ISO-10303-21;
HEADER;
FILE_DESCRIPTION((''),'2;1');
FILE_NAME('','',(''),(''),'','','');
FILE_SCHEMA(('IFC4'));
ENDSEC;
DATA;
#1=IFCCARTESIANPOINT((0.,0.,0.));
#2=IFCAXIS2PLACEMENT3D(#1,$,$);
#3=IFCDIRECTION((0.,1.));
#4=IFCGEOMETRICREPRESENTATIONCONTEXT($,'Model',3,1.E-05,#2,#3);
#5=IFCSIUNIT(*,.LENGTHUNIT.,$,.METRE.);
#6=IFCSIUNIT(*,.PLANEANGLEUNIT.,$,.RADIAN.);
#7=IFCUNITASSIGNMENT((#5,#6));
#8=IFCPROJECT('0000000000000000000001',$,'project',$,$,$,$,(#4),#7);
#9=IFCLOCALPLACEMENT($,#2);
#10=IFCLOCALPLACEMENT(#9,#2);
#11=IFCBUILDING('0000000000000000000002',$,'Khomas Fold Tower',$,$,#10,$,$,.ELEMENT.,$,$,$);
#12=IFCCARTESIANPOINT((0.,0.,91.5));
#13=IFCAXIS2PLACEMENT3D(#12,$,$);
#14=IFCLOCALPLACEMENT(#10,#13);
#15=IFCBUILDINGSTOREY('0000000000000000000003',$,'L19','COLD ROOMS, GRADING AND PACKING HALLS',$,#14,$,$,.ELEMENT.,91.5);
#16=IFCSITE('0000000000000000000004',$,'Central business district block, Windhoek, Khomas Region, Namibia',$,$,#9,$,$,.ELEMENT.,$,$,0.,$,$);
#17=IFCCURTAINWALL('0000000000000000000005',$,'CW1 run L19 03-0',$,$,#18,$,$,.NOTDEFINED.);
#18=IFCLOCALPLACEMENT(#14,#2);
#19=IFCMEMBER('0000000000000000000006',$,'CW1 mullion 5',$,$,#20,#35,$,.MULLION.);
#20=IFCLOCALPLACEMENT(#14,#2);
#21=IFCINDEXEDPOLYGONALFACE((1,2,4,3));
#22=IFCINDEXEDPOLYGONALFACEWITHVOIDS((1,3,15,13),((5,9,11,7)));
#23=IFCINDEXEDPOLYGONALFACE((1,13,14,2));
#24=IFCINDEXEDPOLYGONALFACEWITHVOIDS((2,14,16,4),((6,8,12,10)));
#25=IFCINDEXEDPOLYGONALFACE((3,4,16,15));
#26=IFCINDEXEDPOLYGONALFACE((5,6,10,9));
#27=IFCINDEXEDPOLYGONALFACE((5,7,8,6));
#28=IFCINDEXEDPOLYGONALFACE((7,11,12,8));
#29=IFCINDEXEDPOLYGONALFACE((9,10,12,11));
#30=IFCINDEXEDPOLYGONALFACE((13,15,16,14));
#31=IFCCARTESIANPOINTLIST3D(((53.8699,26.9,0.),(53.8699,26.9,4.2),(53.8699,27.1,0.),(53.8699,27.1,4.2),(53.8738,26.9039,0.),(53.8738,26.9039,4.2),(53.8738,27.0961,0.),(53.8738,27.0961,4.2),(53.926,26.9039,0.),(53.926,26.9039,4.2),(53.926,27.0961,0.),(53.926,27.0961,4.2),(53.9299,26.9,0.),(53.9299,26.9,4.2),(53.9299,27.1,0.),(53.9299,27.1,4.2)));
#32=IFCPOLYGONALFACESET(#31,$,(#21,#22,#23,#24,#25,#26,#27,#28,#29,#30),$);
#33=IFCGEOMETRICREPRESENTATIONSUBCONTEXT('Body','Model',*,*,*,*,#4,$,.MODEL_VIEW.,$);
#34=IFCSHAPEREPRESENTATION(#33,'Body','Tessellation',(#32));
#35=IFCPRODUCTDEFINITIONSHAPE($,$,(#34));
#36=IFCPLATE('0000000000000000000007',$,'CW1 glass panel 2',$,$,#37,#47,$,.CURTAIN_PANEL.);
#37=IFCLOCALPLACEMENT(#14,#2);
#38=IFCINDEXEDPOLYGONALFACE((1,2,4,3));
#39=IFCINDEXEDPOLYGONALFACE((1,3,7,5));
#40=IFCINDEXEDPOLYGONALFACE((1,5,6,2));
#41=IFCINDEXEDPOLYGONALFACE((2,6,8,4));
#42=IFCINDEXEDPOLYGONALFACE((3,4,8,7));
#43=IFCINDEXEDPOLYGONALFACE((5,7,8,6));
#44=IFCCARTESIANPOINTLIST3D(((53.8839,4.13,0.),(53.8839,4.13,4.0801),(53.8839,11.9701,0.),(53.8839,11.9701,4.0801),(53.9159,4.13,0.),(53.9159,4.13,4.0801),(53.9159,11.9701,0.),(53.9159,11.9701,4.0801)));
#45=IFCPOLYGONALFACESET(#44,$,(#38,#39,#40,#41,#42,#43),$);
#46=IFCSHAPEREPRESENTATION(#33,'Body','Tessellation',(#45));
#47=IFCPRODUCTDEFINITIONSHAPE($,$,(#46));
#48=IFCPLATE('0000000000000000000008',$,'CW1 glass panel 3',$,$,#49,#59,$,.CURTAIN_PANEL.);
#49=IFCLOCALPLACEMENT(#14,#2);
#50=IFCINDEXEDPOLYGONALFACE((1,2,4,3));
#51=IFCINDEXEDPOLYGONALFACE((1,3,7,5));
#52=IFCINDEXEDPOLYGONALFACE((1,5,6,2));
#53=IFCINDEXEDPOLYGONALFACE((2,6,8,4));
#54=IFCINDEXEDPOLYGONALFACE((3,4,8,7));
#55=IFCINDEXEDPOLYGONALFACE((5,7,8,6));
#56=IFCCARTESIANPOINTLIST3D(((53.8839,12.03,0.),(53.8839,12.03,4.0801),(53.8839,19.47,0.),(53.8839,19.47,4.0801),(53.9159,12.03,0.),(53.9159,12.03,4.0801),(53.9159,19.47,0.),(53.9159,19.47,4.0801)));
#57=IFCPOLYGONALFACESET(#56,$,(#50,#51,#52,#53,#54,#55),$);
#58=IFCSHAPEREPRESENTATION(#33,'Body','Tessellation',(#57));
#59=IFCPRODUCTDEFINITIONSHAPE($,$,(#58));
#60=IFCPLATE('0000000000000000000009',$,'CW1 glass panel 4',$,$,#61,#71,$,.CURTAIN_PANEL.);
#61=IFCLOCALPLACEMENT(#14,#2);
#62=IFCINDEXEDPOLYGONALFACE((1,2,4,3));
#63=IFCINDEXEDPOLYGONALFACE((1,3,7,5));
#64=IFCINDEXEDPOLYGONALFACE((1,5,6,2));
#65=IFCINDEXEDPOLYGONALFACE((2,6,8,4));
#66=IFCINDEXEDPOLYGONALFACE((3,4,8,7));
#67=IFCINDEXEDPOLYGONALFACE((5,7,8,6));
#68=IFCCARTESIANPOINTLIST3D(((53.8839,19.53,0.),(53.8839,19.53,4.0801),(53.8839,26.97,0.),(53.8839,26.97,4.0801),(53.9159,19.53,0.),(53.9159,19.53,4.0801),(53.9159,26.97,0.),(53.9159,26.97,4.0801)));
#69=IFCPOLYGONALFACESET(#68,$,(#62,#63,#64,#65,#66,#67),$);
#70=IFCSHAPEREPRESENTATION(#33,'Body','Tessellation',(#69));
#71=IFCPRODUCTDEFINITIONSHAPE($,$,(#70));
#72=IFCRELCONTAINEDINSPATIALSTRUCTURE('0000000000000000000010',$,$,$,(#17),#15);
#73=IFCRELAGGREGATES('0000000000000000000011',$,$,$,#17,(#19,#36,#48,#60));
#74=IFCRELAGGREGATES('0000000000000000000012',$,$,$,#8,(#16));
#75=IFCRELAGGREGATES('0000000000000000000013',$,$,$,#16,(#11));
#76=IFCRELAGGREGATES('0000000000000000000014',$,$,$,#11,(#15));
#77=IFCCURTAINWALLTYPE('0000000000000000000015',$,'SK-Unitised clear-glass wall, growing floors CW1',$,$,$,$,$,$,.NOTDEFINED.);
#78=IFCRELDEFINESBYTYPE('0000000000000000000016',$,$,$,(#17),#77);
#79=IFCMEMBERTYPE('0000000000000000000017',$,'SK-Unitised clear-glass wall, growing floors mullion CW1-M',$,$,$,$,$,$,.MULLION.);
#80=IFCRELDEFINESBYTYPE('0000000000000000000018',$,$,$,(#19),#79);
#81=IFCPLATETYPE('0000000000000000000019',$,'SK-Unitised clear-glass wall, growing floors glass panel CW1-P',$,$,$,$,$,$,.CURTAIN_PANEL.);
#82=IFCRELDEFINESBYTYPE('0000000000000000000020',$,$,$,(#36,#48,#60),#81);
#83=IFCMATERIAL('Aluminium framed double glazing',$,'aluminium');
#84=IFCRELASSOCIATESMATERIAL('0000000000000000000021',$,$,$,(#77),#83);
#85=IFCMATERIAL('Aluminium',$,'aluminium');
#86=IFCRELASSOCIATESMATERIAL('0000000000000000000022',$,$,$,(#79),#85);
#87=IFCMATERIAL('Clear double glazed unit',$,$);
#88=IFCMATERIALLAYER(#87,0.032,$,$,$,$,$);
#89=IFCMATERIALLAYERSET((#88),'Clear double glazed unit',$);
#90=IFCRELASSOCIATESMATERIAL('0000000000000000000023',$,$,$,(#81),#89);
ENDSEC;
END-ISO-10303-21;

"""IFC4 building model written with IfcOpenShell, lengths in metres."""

from ifc_helpers import new_model, si_unit, direction, frame, origin, origin_2d, place, context, subcontext, project, spatial, rectangle, hollow_rectangle, extrude, source, transform, mapped, material, layer, layer_set, material_profile, profile_set, type_object, element, aggregate, save


model = new_model("IFC4")

# Units and contexts
model_context = context("Model", 3, precision=1e-05, world=origin(), true_north=direction((0.0, 1.0)))
body_context = subcontext(model_context, "Body", "Model", "MODEL_VIEW")
ifc_project = project(units=[si_unit("LENGTHUNIT", "METRE"), si_unit("PLANEANGLEUNIT", "RADIAN")], contexts=[model_context])

# Site, building, storey
site_placement = place(None, origin())
site = spatial("IfcSite", under=ifc_project, at=site_placement, Name="Central business district block, Windhoek, Khomas Region, Namibia", CompositionType="ELEMENT", RefElevation=0.0)
building_placement = place(site_placement, origin())
building = spatial("IfcBuilding", under=site, at=building_placement, Name="Khomas Fold Tower", CompositionType="ELEMENT")
storey_placement = place(building_placement, frame((0.0, 0.0, 91.5)))
storey = spatial("IfcBuildingStorey", under=building, at=storey_placement, Name="L19", Description="COLD ROOMS, GRADING AND PACKING HALLS", CompositionType="ELEMENT", Elevation=91.5)

# Curtain wall, member, plates
ifc_material_1 = material(Name="Aluminium framed double glazing", Category="aluminium")
curtain_wall_type = type_object("IfcCurtainWallType", Name="SK-Unitised clear-glass wall, growing floors CW1", PredefinedType="NOTDEFINED", material=ifc_material_1)
curtain_wall_placement = place(storey_placement, origin())
curtain_wall = element("IfcCurtainWall", 1, at=curtain_wall_placement, inside=storey, type_object=curtain_wall_type, Name="CW1 run L19 03-0", PredefinedType="NOTDEFINED")
ifc_material_2 = material(Name="Aluminium", Category="aluminium")
ifc_material_profile_1 = material_profile(ifc_material_2, hollow_rectangle(XDim=0.0601, YDim=0.2, WallThickness=0.0039, at=origin_2d()), Name="SK-Unitised clear-glass wall, growing floors mullion CW1-M")
ifc_profile_set_1 = profile_set([ifc_material_profile_1], Name="Aluminium")
member_type_1 = type_object("IfcMemberType", Name="SK-Unitised clear-glass wall, growing floors mullion CW1-M", PredefinedType="MULLION", material=ifc_profile_set_1)
shared_shape_1 = source(origin(), body_context, "Body", "SweptSolid", [
    extrude(hollow_rectangle(XDim=0.0601, YDim=0.2, WallThickness=0.0039, at=origin_2d()), origin(), (0.0, 0.0, 1.0), 4.2),
])
member_1_placement = place(storey_placement, frame((53.8999, 27.0, 0.0), z_axis=(0.0, 0.0, 1.0), x_axis=(-1.0, 0.0, 0.0)))
member_1 = element("IfcMember", 2, at=member_1_placement, type_object=member_type_1, Name="CW1 mullion 5", PredefinedType="MULLION", context=body_context, shape_type="MappedRepresentation", body=[
    mapped(shared_shape_1, transform((0.0, 0.0, 0.0))),
])
ifc_material_3 = material(Name="Clear double glazed unit")
ifc_layer = layer(ifc_material_3, 0.032)
ifc_layer_set = layer_set([ifc_layer], Name="Clear double glazed unit")
plate_type = type_object("IfcPlateType", Name="SK-Unitised clear-glass wall, growing floors glass panel CW1-P", PredefinedType="CURTAIN_PANEL", material=ifc_layer_set)
shared_shape_2 = source(origin(), body_context, "Body", "SweptSolid", [
    extrude(rectangle(XDim=7.8401, YDim=0.032, at=origin_2d()), origin(), (0.0, 0.0, 1.0), 4.0801),
])
plate_1_placement = place(storey_placement, frame((53.8999, 8.05, 0.0), z_axis=(0.0, 0.0, 1.0), x_axis=(0.0, 1.0, 0.0)))
plate_1 = element("IfcPlate", 3, at=plate_1_placement, type_object=plate_type, Name="CW1 glass panel 2", PredefinedType="CURTAIN_PANEL", context=body_context, shape_type="MappedRepresentation", body=[
    mapped(shared_shape_2, transform((0.0, 0.0, 0.0))),
])
shared_shape_3 = source(origin(), body_context, "Body", "SweptSolid", [
    extrude(rectangle(XDim=7.4399, YDim=0.032, at=origin_2d()), origin(), (0.0, 0.0, 1.0), 4.0801),
])
plate_2_placement = place(storey_placement, frame((53.8999, 15.75, 0.0), z_axis=(0.0, 0.0, 1.0), x_axis=(0.0, 1.0, 0.0)))
plate_2 = element("IfcPlate", 4, at=plate_2_placement, type_object=plate_type, Name="CW1 glass panel 3", PredefinedType="CURTAIN_PANEL", context=body_context, shape_type="MappedRepresentation", body=[
    mapped(shared_shape_3, transform((0.0, 0.0, 0.0))),
])
plate_3_placement = place(storey_placement, frame((53.8999, 23.25, 0.0), z_axis=(0.0, 0.0, 1.0), x_axis=(0.0, 1.0, 0.0)))
plate_3 = element("IfcPlate", 5, at=plate_3_placement, type_object=plate_type, Name="CW1 glass panel 4", PredefinedType="CURTAIN_PANEL", context=body_context, shape_type="MappedRepresentation", body=[
    mapped(shared_shape_3, transform((0.0, 0.0, 0.0))),
])
aggregate(curtain_wall, [member_1, plate_1, plate_2, plate_3])

save(model, "model.ifc")
